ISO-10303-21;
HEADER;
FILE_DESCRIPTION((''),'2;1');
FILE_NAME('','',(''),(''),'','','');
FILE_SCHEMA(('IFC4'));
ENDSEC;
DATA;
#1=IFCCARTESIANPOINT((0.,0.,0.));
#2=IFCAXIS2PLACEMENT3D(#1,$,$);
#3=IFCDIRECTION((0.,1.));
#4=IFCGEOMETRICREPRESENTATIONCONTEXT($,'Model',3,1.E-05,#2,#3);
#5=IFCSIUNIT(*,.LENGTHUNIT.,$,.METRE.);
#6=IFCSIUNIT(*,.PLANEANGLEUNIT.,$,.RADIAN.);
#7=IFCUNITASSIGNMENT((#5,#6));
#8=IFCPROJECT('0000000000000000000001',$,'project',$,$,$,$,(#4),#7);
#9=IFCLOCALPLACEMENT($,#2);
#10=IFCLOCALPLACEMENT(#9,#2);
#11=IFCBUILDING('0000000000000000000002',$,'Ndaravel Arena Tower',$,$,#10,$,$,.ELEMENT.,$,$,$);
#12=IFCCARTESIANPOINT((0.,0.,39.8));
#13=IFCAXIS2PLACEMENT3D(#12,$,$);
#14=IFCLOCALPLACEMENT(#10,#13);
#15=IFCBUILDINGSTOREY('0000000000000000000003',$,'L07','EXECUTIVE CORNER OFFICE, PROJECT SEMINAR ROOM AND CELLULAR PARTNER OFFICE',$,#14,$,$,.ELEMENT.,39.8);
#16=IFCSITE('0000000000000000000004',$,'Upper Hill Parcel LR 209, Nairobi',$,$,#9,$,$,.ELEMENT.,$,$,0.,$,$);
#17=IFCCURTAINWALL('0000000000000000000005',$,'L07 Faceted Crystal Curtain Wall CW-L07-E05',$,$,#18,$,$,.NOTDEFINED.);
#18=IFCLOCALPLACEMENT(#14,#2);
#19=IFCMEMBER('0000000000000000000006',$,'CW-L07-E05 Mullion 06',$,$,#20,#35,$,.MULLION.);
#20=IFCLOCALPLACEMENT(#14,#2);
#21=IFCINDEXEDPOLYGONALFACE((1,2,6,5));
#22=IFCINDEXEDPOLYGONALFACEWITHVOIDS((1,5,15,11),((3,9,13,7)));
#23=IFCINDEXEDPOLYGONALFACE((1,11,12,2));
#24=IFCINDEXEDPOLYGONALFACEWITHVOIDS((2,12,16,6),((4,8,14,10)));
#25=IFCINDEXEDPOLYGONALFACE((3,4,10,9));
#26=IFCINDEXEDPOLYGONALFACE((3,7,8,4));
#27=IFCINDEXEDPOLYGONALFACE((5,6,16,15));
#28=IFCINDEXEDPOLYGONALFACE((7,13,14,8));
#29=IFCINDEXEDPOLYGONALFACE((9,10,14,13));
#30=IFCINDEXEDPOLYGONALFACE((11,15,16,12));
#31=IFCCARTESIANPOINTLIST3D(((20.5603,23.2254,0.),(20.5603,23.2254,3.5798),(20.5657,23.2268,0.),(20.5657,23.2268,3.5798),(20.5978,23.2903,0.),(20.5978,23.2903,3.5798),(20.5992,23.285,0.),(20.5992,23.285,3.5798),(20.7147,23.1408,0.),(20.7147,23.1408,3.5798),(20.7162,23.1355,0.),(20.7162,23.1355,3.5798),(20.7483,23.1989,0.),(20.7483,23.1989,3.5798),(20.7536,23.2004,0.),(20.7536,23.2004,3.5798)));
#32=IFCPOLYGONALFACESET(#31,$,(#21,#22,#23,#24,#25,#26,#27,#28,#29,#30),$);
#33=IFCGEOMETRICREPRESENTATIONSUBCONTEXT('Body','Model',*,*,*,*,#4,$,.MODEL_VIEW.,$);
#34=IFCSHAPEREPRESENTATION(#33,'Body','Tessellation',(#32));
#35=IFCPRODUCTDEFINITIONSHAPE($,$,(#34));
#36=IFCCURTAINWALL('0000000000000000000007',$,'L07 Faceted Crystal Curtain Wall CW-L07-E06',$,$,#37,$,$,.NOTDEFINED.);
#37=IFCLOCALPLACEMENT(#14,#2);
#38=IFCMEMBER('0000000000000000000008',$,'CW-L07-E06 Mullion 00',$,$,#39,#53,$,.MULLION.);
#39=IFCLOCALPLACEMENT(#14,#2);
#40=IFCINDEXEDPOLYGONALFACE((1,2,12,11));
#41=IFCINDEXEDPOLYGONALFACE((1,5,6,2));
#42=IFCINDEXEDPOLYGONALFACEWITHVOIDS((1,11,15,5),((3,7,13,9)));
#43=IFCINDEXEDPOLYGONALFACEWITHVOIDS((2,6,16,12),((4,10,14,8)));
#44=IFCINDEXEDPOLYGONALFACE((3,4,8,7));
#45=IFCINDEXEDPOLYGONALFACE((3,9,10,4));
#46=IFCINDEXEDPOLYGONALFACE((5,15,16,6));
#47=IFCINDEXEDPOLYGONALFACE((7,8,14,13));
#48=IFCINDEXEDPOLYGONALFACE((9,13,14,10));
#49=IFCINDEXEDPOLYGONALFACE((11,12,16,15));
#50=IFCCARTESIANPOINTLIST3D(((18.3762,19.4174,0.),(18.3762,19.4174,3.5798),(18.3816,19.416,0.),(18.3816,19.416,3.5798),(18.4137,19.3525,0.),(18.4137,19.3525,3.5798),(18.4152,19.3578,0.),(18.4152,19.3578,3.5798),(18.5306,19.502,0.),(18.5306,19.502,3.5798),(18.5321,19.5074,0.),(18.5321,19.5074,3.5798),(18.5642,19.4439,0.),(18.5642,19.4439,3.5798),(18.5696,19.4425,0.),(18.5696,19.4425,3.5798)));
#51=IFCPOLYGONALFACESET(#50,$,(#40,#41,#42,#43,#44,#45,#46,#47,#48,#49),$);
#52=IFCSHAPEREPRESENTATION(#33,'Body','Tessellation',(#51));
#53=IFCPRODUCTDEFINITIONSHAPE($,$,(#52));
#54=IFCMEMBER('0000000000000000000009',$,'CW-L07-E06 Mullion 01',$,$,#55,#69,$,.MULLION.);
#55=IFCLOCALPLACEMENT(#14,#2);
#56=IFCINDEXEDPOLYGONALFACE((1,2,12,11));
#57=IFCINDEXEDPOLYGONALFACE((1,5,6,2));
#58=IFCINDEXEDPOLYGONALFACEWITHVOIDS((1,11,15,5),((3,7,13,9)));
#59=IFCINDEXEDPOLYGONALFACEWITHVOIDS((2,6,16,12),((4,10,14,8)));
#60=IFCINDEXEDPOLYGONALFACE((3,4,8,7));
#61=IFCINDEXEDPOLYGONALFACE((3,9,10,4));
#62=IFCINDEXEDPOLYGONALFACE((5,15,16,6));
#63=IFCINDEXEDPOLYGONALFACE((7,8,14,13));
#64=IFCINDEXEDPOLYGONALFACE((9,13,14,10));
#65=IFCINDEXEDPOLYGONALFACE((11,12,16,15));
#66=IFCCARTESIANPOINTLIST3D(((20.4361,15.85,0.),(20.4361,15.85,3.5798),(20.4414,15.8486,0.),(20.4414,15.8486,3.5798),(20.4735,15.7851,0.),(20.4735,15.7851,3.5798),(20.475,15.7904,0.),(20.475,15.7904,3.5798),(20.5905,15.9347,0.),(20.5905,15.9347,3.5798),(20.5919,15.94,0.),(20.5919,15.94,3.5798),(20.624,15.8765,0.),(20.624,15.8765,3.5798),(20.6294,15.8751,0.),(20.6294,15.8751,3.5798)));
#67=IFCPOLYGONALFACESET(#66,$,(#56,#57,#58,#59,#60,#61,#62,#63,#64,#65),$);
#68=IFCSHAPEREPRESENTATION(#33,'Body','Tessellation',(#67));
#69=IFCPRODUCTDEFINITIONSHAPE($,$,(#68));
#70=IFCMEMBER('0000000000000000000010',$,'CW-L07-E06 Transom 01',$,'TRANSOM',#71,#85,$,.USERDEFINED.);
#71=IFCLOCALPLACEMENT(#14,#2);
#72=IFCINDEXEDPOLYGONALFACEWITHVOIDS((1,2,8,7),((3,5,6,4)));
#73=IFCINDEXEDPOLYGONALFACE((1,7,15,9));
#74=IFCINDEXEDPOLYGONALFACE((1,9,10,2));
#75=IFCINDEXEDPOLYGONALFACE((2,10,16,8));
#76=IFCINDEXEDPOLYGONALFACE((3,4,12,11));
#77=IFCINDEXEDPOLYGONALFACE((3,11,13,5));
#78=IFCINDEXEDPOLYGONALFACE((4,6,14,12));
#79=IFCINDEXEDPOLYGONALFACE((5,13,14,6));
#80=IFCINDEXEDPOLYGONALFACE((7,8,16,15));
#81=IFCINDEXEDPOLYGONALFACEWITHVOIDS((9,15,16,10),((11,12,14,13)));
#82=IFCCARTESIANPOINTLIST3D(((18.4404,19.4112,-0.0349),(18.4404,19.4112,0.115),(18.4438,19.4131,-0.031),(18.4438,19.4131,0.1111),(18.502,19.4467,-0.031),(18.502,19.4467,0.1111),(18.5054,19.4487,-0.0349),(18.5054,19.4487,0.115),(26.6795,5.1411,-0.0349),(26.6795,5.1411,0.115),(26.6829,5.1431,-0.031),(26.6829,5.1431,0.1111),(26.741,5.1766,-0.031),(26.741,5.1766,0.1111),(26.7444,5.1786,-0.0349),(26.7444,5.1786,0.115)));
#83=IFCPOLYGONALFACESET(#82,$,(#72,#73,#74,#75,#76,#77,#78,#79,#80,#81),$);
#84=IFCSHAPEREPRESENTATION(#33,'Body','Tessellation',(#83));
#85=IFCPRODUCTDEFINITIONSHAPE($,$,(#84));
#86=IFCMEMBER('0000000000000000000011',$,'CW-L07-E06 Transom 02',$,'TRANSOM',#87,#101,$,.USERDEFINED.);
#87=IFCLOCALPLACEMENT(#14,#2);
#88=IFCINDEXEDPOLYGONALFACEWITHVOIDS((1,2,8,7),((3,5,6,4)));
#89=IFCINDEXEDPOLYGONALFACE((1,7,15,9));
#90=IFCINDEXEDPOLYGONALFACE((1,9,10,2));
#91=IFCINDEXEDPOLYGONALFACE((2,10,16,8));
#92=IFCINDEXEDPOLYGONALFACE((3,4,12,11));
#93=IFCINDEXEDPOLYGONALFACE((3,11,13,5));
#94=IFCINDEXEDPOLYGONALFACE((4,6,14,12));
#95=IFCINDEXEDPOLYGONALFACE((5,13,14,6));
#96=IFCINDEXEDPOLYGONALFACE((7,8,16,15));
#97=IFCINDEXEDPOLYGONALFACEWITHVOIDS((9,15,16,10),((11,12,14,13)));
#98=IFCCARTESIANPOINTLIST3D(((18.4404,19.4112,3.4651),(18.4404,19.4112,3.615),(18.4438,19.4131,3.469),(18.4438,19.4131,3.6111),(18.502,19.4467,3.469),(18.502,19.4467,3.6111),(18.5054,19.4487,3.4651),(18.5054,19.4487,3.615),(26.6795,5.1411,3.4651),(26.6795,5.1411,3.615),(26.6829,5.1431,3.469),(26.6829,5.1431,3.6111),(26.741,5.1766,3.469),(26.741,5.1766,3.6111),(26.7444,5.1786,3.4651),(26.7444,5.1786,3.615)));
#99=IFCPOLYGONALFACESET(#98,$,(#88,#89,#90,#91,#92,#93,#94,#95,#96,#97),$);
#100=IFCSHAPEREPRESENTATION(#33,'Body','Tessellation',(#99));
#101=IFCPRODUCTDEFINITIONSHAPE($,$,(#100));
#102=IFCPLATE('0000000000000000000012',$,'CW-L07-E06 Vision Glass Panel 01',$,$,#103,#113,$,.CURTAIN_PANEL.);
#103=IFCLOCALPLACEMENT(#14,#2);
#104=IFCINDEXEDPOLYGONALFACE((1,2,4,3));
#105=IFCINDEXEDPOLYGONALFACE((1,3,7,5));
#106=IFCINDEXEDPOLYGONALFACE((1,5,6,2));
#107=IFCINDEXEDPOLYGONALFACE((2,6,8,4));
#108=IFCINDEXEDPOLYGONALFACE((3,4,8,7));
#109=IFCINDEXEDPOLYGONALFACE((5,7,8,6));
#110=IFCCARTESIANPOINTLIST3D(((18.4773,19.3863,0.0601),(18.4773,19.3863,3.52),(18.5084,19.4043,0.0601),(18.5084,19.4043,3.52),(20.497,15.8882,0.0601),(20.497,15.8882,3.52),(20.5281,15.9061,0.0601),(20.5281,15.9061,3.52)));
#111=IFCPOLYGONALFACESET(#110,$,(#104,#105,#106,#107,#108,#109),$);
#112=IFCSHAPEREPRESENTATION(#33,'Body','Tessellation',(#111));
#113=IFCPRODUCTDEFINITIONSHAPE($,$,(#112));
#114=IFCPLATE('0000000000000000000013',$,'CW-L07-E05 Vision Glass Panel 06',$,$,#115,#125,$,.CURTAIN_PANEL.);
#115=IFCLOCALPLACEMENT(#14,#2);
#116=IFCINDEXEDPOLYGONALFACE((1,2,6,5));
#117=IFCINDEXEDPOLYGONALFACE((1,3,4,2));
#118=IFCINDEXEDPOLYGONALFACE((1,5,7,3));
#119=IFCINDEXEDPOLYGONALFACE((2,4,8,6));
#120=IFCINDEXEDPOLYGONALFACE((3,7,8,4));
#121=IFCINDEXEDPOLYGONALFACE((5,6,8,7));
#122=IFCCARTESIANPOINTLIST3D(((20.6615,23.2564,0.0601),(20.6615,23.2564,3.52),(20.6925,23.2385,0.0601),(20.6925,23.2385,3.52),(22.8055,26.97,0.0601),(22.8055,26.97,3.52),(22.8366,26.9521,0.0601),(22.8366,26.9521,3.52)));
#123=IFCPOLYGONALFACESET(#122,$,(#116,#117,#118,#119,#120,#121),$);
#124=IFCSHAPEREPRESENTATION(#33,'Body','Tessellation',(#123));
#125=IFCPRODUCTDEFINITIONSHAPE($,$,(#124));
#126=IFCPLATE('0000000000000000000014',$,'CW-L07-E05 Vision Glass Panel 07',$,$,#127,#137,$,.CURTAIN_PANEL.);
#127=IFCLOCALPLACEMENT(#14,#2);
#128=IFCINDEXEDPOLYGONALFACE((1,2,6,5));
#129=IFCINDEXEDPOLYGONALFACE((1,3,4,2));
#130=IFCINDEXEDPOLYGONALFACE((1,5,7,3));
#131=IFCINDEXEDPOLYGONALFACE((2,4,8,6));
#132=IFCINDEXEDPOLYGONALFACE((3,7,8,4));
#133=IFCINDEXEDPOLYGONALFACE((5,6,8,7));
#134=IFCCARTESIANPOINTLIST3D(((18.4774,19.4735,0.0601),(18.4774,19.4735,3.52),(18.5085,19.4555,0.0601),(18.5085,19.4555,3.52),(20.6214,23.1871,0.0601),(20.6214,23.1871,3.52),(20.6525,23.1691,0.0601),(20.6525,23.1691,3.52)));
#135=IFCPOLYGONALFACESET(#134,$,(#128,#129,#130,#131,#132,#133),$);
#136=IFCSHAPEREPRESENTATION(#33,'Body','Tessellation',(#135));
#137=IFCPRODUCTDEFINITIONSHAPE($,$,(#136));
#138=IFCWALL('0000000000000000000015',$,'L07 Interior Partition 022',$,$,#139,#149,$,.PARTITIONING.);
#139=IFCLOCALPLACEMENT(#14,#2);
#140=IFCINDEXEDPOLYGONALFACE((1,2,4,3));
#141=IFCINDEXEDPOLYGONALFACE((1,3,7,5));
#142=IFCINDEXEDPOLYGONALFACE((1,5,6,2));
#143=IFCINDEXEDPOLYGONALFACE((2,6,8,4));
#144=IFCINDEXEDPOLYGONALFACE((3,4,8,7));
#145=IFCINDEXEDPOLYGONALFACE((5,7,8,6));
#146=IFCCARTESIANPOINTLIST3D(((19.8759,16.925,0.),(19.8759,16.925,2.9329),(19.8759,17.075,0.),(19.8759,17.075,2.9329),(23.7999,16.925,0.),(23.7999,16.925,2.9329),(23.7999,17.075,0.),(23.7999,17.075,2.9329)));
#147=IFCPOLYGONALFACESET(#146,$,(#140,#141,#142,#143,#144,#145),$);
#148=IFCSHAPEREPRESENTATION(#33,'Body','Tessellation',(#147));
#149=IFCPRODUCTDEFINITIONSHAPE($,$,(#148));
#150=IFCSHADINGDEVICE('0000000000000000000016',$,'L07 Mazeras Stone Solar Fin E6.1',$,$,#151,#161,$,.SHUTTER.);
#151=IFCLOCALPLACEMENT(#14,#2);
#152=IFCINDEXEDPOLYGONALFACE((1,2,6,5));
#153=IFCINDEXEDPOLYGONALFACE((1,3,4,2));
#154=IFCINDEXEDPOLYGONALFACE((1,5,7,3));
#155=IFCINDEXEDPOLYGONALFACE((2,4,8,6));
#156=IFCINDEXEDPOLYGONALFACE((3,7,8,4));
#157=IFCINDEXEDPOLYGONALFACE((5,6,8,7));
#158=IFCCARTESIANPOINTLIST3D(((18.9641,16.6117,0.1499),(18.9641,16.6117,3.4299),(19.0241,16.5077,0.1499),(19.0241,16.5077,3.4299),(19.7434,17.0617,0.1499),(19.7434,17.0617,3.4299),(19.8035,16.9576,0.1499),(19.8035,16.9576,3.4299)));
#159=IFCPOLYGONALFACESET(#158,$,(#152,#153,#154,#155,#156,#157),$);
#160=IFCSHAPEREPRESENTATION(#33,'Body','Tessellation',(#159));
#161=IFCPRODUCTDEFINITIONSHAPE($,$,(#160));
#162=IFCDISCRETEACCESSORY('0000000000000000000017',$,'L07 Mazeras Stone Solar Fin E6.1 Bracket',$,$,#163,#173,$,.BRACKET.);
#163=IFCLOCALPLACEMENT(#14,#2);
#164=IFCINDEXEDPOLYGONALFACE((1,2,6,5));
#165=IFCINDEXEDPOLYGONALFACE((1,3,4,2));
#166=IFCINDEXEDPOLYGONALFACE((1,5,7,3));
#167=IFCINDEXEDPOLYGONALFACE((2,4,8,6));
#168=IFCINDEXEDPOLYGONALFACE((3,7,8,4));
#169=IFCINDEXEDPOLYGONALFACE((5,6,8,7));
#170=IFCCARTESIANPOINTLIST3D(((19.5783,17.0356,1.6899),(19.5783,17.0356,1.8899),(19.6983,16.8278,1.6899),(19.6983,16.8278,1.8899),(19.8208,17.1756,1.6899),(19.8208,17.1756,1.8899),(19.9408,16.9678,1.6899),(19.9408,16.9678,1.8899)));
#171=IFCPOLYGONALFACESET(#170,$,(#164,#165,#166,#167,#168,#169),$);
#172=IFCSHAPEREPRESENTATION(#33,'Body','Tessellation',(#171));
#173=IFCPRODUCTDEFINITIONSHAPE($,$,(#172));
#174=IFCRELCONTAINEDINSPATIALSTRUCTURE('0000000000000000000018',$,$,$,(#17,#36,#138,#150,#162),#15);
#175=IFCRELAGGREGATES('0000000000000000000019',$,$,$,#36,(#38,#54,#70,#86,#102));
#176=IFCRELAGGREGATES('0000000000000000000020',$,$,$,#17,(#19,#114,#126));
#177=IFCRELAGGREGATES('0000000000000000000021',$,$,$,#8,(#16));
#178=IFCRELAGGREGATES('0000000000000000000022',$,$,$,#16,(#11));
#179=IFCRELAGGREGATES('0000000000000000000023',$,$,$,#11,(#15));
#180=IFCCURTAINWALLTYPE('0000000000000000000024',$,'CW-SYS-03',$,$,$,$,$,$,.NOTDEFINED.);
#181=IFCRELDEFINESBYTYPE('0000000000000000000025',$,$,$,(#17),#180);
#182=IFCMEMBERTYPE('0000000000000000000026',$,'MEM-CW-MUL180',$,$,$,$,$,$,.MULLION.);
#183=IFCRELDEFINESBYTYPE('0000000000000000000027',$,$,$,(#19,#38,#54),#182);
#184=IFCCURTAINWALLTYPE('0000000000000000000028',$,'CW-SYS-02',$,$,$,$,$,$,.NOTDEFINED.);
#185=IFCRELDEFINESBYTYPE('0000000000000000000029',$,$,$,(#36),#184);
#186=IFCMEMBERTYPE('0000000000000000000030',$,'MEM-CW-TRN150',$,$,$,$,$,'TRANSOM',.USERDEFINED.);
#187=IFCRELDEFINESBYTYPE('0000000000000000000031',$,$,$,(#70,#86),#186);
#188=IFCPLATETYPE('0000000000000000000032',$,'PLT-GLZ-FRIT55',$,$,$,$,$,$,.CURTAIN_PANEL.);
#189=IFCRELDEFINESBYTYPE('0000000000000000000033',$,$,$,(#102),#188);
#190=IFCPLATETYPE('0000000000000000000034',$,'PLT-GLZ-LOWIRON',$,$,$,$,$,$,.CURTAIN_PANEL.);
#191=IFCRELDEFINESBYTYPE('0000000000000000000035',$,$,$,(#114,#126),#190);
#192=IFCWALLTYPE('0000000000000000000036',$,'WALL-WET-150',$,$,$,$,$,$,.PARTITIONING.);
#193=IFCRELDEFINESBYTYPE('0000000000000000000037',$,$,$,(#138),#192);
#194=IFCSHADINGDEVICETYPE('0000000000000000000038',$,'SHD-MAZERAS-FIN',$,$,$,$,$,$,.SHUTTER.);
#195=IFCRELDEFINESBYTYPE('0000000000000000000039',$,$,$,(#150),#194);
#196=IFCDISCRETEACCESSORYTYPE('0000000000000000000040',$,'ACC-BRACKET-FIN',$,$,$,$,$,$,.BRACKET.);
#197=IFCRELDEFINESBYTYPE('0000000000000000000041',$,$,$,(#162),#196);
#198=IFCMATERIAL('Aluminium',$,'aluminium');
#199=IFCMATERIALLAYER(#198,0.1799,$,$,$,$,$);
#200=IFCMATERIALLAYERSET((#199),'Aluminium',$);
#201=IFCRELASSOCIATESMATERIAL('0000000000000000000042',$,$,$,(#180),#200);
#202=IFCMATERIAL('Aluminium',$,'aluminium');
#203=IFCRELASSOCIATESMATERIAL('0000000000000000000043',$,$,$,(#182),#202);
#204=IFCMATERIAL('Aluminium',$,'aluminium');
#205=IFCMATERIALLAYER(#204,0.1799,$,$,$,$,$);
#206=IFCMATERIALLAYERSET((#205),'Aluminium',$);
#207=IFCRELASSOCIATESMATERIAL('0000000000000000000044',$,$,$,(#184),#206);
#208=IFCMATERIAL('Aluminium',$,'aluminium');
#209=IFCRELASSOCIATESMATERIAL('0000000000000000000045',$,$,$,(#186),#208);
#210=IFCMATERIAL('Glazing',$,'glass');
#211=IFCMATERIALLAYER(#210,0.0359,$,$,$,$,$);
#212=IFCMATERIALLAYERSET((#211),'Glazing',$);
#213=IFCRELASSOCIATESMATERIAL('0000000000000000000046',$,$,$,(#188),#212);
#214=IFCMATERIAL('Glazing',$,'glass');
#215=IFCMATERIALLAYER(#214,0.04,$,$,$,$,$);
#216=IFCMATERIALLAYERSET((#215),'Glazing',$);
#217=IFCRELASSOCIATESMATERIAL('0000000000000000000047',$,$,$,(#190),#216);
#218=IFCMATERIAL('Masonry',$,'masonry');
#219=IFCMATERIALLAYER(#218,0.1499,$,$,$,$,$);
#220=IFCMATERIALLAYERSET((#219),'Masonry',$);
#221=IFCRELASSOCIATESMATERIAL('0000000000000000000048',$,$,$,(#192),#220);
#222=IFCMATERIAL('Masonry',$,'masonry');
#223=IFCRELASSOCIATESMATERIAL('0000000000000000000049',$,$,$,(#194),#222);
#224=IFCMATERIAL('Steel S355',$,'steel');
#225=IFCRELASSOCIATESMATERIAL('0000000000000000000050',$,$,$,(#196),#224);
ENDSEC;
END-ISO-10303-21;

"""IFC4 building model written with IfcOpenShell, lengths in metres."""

from ifc_helpers import new_model, si_unit, direction, frame, frame_2d, origin, origin_2d, place, context, subcontext, project, spatial, rectangle, hollow_rectangle, extrude, material, layer, layer_set, material_profile, profile_set, type_object, element, aggregate, save


model = new_model("IFC4")

# Units and contexts
model_context = context("Model", 3, precision=1e-05, world=origin(), true_north=direction((0.0, 1.0)))
body_context = subcontext(model_context, "Body", "Model", "MODEL_VIEW")
ifc_project = project(units=[si_unit("LENGTHUNIT", "METRE"), si_unit("PLANEANGLEUNIT", "RADIAN")], contexts=[model_context])

# Site, building, storey
site_placement = place(None, origin())
site = spatial("IfcSite", under=ifc_project, at=site_placement, Name="Upper Hill Parcel LR 209, Nairobi", CompositionType="ELEMENT", RefElevation=0.0)
building_placement = place(site_placement, origin())
building = spatial("IfcBuilding", under=site, at=building_placement, Name="Ndaravel Arena Tower", CompositionType="ELEMENT")
storey_placement = place(building_placement, frame((0.0, 0.0, 39.8)))
storey = spatial("IfcBuildingStorey", under=building, at=storey_placement, Name="L07", Description="EXECUTIVE CORNER OFFICE, PROJECT SEMINAR ROOM AND CELLULAR PARTNER OFFICE", CompositionType="ELEMENT", Elevation=39.8)

# Curtain wall, member
ifc_material_1 = material(Name="Aluminium", Category="aluminium")
ifc_layer_1 = layer(ifc_material_1, 0.1799)
ifc_layer_set_1 = layer_set([ifc_layer_1], Name="Aluminium")
curtain_wall_type_1 = type_object("IfcCurtainWallType", Name="CW-SYS-03", PredefinedType="NOTDEFINED", material=ifc_layer_set_1)
curtain_wall_1_placement = place(storey_placement, origin())
curtain_wall_1 = element("IfcCurtainWall", 1, at=curtain_wall_1_placement, inside=storey, type_object=curtain_wall_type_1, Name="L07 Faceted Crystal Curtain Wall CW-L07-E05", PredefinedType="NOTDEFINED")
ifc_material_2 = material(Name="Aluminium", Category="aluminium")
ifc_material_profile_1 = material_profile(ifc_material_2, hollow_rectangle(XDim=0.075, YDim=0.1799, WallThickness=0.0039, at=origin_2d()), Name="CW MULLION 75x180x4")
ifc_profile_set_1 = profile_set([ifc_material_profile_1], Name="Aluminium")
member_type_1 = type_object("IfcMemberType", Name="MEM-CW-MUL180", PredefinedType="MULLION", material=ifc_profile_set_1)
member_1_placement = place(storey_placement, frame((20.657, 23.2129, 0.0), z_axis=(0.0, 0.0, 1.0), x_axis=(-0.5, -0.866025, 0.0)))
member_1 = element("IfcMember", 2, at=member_1_placement, type_object=member_type_1, Name="CW-L07-E05 Mullion 06", PredefinedType="MULLION", context=body_context, shape_type="SweptSolid", body=[
    extrude(hollow_rectangle(XDim=0.075, YDim=0.1799, WallThickness=0.0039, at=origin_2d()), origin(), (0.0, 0.0, 1.0), 3.5798),
])

# Curtain wall, members, plate
ifc_material_3 = material(Name="Aluminium", Category="aluminium")
ifc_layer_2 = layer(ifc_material_3, 0.1799)
ifc_layer_set_2 = layer_set([ifc_layer_2], Name="Aluminium")
curtain_wall_type_2 = type_object("IfcCurtainWallType", Name="CW-SYS-02", PredefinedType="NOTDEFINED", material=ifc_layer_set_2)
curtain_wall_2_placement = place(storey_placement, origin())
curtain_wall_2 = element("IfcCurtainWall", 3, at=curtain_wall_2_placement, inside=storey, type_object=curtain_wall_type_2, Name="L07 Faceted Crystal Curtain Wall CW-L07-E06", PredefinedType="NOTDEFINED")
member_2_placement = place(storey_placement, frame((18.4729, 19.4299, 0.0), z_axis=(0.0, 0.0, 1.0), x_axis=(0.5, -0.866025, 0.0)))
member_2 = element("IfcMember", 4, at=member_2_placement, type_object=member_type_1, Name="CW-L07-E06 Mullion 00", PredefinedType="MULLION", context=body_context, shape_type="SweptSolid", body=[
    extrude(hollow_rectangle(XDim=0.075, YDim=0.1799, WallThickness=0.0039, at=origin_2d()), origin(), (0.0, 0.0, 1.0), 3.5798),
])
member_3_placement = place(storey_placement, frame((20.5327, 15.8625, 0.0), z_axis=(0.0, 0.0, 1.0), x_axis=(0.5, -0.866025, 0.0)))
member_3 = element("IfcMember", 5, at=member_3_placement, type_object=member_type_1, Name="CW-L07-E06 Mullion 01", PredefinedType="MULLION", context=body_context, shape_type="SweptSolid", body=[
    extrude(hollow_rectangle(XDim=0.075, YDim=0.1799, WallThickness=0.0039, at=origin_2d()), origin(), (0.0, 0.0, 1.0), 3.5798),
])
ifc_material_4 = material(Name="Aluminium", Category="aluminium")
ifc_material_profile_2 = material_profile(ifc_material_4, hollow_rectangle(XDim=0.075, YDim=0.1499, WallThickness=0.0039, at=origin_2d()), Name="CW TRANSOM 75x150x4")
ifc_profile_set_2 = profile_set([ifc_material_profile_2], Name="Aluminium")
member_type_2 = type_object("IfcMemberType", Name="MEM-CW-TRN150", ElementType="TRANSOM", PredefinedType="USERDEFINED", material=ifc_profile_set_2)
member_4_placement = place(storey_placement, frame((18.4729, 19.4299, 0.04), z_axis=(0.50001, -0.86602, 0.0), x_axis=(0.86602, 0.50001, 0.0)))
member_4 = element("IfcMember", 6, at=member_4_placement, type_object=member_type_2, Name="CW-L07-E06 Transom 01", ObjectType="TRANSOM", PredefinedType="USERDEFINED", context=body_context, shape_type="SweptSolid", body=[
    extrude(hollow_rectangle(XDim=0.075, YDim=0.1499, WallThickness=0.0039, at=origin_2d()), origin(), (0.0, 0.0, 1.0), 16.4778),
])
member_5_placement = place(storey_placement, frame((18.4729, 19.4299, 3.54), z_axis=(0.50001, -0.86602, 0.0), x_axis=(0.86602, 0.50001, 0.0)))
member_5 = element("IfcMember", 7, at=member_5_placement, type_object=member_type_2, Name="CW-L07-E06 Transom 02", ObjectType="TRANSOM", PredefinedType="USERDEFINED", context=body_context, shape_type="SweptSolid", body=[
    extrude(hollow_rectangle(XDim=0.075, YDim=0.1499, WallThickness=0.0039, at=origin_2d()), origin(), (0.0, 0.0, 1.0), 16.4778),
])
ifc_material_5 = material(Name="Glazing", Category="glass")
ifc_layer_3 = layer(ifc_material_5, 0.0359)
ifc_layer_set_3 = layer_set([ifc_layer_3], Name="Glazing")
plate_type_1 = type_object("IfcPlateType", Name="PLT-GLZ-FRIT55", PredefinedType="CURTAIN_PANEL", material=ifc_layer_set_3)
plate_1_placement = place(storey_placement, frame((19.5027, 17.6462, 0.0601), z_axis=(0.0, 0.0, 1.0), x_axis=(0.5, -0.866025, 0.0)))
plate_1 = element("IfcPlate", 8, at=plate_1_placement, type_object=plate_type_1, Name="CW-L07-E06 Vision Glass Panel 01", PredefinedType="CURTAIN_PANEL", context=body_context, shape_type="SweptSolid", body=[
    extrude(rectangle(XDim=4.0393, YDim=0.0359, at=origin_2d()), origin(), (0.0, 0.0, 1.0), 3.46),
])
aggregate(curtain_wall_2, [member_2, member_3, member_4, member_5, plate_1])

# Plates
ifc_material_6 = material(Name="Glazing", Category="glass")
ifc_layer_4 = layer(ifc_material_6, 0.04)
ifc_layer_set_4 = layer_set([ifc_layer_4], Name="Glazing")
plate_type_2 = type_object("IfcPlateType", Name="PLT-GLZ-LOWIRON", PredefinedType="CURTAIN_PANEL", material=ifc_layer_set_4)
plate_2_placement = place(storey_placement, frame((21.749, 25.1042, 0.0601), z_axis=(0.0, 0.0, 1.0), x_axis=(-0.5, -0.866025, 0.0)))
plate_2 = element("IfcPlate", 9, at=plate_2_placement, type_object=plate_type_2, Name="CW-L07-E05 Vision Glass Panel 06", PredefinedType="CURTAIN_PANEL", context=body_context, shape_type="SweptSolid", body=[
    extrude(rectangle(XDim=4.2881, YDim=0.0359, at=origin_2d()), origin(), (0.0, 0.0, 1.0), 3.46),
])
plate_3_placement = place(storey_placement, frame((19.5649, 21.3213, 0.0601), z_axis=(0.0, 0.0, 1.0), x_axis=(-0.5, -0.866025, 0.0)))
plate_3 = element("IfcPlate", 10, at=plate_3_placement, type_object=plate_type_2, Name="CW-L07-E05 Vision Glass Panel 07", PredefinedType="CURTAIN_PANEL", context=body_context, shape_type="SweptSolid", body=[
    extrude(rectangle(XDim=4.2881, YDim=0.0359, at=origin_2d()), origin(), (0.0, 0.0, 1.0), 3.46),
])
aggregate(curtain_wall_1, [member_1, plate_2, plate_3])

# Wall
ifc_material_7 = material(Name="Masonry", Category="masonry")
ifc_layer_5 = layer(ifc_material_7, 0.1499)
ifc_layer_set_5 = layer_set([ifc_layer_5], Name="Masonry")
wall_type = type_object("IfcWallType", Name="WALL-WET-150", PredefinedType="PARTITIONING", material=ifc_layer_set_5)
wall_placement = place(storey_placement, frame((19.876, 17.0, 0.0), z_axis=(0.0, 0.0, 1.0), x_axis=(1.0, 0.0, 0.0)))
element("IfcWall", 11, at=wall_placement, inside=storey, type_object=wall_type, Name="L07 Interior Partition 022", PredefinedType="PARTITIONING", context=body_context, shape_type="SweptSolid", body=[
    extrude(rectangle(XDim=3.9241, YDim=0.1499, at=frame_2d((1.9619, 0.0))), origin(), (0.0, 0.0, 1.0), 2.9329),
])

# Shading device
ifc_material_8 = material(Name="Masonry", Category="masonry")
shading_device_type = type_object("IfcShadingDeviceType", Name="SHD-MAZERAS-FIN", PredefinedType="SHUTTER", material=ifc_material_8)
shading_device_placement = place(storey_placement, frame((19.3838, 16.7847, 0.1499), z_axis=(0.0, 0.0, 1.0), x_axis=(-0.866025, -0.5, 0.0)))
element("IfcShadingDevice", 12, at=shading_device_placement, inside=storey, type_object=shading_device_type, Name="L07 Mazeras Stone Solar Fin E6.1", PredefinedType="SHUTTER", context=body_context, shape_type="SweptSolid", body=[
    extrude(rectangle(XDim=0.8999, YDim=0.1201, at=origin_2d()), origin(), (0.0, 0.0, 1.0), 3.28),
])

# Discrete accessory
ifc_material_9 = material(Name="Steel S355", Category="steel")
discrete_accessory_type = type_object("IfcDiscreteAccessoryType", Name="ACC-BRACKET-FIN", PredefinedType="BRACKET", material=ifc_material_9)
discrete_accessory_placement = place(storey_placement, frame((19.7595, 17.0017, 1.6899), z_axis=(0.0, 0.0, 1.0), x_axis=(-0.866025, -0.5, 0.0)))
element("IfcDiscreteAccessory", 13, at=discrete_accessory_placement, inside=storey, type_object=discrete_accessory_type, Name="L07 Mazeras Stone Solar Fin E6.1 Bracket", PredefinedType="BRACKET", context=body_context, shape_type="SweptSolid", body=[
    extrude(rectangle(XDim=0.28, YDim=0.24, at=origin_2d()), origin(), (0.0, 0.0, 1.0), 0.2),
])

save(model, "model.ifc")
